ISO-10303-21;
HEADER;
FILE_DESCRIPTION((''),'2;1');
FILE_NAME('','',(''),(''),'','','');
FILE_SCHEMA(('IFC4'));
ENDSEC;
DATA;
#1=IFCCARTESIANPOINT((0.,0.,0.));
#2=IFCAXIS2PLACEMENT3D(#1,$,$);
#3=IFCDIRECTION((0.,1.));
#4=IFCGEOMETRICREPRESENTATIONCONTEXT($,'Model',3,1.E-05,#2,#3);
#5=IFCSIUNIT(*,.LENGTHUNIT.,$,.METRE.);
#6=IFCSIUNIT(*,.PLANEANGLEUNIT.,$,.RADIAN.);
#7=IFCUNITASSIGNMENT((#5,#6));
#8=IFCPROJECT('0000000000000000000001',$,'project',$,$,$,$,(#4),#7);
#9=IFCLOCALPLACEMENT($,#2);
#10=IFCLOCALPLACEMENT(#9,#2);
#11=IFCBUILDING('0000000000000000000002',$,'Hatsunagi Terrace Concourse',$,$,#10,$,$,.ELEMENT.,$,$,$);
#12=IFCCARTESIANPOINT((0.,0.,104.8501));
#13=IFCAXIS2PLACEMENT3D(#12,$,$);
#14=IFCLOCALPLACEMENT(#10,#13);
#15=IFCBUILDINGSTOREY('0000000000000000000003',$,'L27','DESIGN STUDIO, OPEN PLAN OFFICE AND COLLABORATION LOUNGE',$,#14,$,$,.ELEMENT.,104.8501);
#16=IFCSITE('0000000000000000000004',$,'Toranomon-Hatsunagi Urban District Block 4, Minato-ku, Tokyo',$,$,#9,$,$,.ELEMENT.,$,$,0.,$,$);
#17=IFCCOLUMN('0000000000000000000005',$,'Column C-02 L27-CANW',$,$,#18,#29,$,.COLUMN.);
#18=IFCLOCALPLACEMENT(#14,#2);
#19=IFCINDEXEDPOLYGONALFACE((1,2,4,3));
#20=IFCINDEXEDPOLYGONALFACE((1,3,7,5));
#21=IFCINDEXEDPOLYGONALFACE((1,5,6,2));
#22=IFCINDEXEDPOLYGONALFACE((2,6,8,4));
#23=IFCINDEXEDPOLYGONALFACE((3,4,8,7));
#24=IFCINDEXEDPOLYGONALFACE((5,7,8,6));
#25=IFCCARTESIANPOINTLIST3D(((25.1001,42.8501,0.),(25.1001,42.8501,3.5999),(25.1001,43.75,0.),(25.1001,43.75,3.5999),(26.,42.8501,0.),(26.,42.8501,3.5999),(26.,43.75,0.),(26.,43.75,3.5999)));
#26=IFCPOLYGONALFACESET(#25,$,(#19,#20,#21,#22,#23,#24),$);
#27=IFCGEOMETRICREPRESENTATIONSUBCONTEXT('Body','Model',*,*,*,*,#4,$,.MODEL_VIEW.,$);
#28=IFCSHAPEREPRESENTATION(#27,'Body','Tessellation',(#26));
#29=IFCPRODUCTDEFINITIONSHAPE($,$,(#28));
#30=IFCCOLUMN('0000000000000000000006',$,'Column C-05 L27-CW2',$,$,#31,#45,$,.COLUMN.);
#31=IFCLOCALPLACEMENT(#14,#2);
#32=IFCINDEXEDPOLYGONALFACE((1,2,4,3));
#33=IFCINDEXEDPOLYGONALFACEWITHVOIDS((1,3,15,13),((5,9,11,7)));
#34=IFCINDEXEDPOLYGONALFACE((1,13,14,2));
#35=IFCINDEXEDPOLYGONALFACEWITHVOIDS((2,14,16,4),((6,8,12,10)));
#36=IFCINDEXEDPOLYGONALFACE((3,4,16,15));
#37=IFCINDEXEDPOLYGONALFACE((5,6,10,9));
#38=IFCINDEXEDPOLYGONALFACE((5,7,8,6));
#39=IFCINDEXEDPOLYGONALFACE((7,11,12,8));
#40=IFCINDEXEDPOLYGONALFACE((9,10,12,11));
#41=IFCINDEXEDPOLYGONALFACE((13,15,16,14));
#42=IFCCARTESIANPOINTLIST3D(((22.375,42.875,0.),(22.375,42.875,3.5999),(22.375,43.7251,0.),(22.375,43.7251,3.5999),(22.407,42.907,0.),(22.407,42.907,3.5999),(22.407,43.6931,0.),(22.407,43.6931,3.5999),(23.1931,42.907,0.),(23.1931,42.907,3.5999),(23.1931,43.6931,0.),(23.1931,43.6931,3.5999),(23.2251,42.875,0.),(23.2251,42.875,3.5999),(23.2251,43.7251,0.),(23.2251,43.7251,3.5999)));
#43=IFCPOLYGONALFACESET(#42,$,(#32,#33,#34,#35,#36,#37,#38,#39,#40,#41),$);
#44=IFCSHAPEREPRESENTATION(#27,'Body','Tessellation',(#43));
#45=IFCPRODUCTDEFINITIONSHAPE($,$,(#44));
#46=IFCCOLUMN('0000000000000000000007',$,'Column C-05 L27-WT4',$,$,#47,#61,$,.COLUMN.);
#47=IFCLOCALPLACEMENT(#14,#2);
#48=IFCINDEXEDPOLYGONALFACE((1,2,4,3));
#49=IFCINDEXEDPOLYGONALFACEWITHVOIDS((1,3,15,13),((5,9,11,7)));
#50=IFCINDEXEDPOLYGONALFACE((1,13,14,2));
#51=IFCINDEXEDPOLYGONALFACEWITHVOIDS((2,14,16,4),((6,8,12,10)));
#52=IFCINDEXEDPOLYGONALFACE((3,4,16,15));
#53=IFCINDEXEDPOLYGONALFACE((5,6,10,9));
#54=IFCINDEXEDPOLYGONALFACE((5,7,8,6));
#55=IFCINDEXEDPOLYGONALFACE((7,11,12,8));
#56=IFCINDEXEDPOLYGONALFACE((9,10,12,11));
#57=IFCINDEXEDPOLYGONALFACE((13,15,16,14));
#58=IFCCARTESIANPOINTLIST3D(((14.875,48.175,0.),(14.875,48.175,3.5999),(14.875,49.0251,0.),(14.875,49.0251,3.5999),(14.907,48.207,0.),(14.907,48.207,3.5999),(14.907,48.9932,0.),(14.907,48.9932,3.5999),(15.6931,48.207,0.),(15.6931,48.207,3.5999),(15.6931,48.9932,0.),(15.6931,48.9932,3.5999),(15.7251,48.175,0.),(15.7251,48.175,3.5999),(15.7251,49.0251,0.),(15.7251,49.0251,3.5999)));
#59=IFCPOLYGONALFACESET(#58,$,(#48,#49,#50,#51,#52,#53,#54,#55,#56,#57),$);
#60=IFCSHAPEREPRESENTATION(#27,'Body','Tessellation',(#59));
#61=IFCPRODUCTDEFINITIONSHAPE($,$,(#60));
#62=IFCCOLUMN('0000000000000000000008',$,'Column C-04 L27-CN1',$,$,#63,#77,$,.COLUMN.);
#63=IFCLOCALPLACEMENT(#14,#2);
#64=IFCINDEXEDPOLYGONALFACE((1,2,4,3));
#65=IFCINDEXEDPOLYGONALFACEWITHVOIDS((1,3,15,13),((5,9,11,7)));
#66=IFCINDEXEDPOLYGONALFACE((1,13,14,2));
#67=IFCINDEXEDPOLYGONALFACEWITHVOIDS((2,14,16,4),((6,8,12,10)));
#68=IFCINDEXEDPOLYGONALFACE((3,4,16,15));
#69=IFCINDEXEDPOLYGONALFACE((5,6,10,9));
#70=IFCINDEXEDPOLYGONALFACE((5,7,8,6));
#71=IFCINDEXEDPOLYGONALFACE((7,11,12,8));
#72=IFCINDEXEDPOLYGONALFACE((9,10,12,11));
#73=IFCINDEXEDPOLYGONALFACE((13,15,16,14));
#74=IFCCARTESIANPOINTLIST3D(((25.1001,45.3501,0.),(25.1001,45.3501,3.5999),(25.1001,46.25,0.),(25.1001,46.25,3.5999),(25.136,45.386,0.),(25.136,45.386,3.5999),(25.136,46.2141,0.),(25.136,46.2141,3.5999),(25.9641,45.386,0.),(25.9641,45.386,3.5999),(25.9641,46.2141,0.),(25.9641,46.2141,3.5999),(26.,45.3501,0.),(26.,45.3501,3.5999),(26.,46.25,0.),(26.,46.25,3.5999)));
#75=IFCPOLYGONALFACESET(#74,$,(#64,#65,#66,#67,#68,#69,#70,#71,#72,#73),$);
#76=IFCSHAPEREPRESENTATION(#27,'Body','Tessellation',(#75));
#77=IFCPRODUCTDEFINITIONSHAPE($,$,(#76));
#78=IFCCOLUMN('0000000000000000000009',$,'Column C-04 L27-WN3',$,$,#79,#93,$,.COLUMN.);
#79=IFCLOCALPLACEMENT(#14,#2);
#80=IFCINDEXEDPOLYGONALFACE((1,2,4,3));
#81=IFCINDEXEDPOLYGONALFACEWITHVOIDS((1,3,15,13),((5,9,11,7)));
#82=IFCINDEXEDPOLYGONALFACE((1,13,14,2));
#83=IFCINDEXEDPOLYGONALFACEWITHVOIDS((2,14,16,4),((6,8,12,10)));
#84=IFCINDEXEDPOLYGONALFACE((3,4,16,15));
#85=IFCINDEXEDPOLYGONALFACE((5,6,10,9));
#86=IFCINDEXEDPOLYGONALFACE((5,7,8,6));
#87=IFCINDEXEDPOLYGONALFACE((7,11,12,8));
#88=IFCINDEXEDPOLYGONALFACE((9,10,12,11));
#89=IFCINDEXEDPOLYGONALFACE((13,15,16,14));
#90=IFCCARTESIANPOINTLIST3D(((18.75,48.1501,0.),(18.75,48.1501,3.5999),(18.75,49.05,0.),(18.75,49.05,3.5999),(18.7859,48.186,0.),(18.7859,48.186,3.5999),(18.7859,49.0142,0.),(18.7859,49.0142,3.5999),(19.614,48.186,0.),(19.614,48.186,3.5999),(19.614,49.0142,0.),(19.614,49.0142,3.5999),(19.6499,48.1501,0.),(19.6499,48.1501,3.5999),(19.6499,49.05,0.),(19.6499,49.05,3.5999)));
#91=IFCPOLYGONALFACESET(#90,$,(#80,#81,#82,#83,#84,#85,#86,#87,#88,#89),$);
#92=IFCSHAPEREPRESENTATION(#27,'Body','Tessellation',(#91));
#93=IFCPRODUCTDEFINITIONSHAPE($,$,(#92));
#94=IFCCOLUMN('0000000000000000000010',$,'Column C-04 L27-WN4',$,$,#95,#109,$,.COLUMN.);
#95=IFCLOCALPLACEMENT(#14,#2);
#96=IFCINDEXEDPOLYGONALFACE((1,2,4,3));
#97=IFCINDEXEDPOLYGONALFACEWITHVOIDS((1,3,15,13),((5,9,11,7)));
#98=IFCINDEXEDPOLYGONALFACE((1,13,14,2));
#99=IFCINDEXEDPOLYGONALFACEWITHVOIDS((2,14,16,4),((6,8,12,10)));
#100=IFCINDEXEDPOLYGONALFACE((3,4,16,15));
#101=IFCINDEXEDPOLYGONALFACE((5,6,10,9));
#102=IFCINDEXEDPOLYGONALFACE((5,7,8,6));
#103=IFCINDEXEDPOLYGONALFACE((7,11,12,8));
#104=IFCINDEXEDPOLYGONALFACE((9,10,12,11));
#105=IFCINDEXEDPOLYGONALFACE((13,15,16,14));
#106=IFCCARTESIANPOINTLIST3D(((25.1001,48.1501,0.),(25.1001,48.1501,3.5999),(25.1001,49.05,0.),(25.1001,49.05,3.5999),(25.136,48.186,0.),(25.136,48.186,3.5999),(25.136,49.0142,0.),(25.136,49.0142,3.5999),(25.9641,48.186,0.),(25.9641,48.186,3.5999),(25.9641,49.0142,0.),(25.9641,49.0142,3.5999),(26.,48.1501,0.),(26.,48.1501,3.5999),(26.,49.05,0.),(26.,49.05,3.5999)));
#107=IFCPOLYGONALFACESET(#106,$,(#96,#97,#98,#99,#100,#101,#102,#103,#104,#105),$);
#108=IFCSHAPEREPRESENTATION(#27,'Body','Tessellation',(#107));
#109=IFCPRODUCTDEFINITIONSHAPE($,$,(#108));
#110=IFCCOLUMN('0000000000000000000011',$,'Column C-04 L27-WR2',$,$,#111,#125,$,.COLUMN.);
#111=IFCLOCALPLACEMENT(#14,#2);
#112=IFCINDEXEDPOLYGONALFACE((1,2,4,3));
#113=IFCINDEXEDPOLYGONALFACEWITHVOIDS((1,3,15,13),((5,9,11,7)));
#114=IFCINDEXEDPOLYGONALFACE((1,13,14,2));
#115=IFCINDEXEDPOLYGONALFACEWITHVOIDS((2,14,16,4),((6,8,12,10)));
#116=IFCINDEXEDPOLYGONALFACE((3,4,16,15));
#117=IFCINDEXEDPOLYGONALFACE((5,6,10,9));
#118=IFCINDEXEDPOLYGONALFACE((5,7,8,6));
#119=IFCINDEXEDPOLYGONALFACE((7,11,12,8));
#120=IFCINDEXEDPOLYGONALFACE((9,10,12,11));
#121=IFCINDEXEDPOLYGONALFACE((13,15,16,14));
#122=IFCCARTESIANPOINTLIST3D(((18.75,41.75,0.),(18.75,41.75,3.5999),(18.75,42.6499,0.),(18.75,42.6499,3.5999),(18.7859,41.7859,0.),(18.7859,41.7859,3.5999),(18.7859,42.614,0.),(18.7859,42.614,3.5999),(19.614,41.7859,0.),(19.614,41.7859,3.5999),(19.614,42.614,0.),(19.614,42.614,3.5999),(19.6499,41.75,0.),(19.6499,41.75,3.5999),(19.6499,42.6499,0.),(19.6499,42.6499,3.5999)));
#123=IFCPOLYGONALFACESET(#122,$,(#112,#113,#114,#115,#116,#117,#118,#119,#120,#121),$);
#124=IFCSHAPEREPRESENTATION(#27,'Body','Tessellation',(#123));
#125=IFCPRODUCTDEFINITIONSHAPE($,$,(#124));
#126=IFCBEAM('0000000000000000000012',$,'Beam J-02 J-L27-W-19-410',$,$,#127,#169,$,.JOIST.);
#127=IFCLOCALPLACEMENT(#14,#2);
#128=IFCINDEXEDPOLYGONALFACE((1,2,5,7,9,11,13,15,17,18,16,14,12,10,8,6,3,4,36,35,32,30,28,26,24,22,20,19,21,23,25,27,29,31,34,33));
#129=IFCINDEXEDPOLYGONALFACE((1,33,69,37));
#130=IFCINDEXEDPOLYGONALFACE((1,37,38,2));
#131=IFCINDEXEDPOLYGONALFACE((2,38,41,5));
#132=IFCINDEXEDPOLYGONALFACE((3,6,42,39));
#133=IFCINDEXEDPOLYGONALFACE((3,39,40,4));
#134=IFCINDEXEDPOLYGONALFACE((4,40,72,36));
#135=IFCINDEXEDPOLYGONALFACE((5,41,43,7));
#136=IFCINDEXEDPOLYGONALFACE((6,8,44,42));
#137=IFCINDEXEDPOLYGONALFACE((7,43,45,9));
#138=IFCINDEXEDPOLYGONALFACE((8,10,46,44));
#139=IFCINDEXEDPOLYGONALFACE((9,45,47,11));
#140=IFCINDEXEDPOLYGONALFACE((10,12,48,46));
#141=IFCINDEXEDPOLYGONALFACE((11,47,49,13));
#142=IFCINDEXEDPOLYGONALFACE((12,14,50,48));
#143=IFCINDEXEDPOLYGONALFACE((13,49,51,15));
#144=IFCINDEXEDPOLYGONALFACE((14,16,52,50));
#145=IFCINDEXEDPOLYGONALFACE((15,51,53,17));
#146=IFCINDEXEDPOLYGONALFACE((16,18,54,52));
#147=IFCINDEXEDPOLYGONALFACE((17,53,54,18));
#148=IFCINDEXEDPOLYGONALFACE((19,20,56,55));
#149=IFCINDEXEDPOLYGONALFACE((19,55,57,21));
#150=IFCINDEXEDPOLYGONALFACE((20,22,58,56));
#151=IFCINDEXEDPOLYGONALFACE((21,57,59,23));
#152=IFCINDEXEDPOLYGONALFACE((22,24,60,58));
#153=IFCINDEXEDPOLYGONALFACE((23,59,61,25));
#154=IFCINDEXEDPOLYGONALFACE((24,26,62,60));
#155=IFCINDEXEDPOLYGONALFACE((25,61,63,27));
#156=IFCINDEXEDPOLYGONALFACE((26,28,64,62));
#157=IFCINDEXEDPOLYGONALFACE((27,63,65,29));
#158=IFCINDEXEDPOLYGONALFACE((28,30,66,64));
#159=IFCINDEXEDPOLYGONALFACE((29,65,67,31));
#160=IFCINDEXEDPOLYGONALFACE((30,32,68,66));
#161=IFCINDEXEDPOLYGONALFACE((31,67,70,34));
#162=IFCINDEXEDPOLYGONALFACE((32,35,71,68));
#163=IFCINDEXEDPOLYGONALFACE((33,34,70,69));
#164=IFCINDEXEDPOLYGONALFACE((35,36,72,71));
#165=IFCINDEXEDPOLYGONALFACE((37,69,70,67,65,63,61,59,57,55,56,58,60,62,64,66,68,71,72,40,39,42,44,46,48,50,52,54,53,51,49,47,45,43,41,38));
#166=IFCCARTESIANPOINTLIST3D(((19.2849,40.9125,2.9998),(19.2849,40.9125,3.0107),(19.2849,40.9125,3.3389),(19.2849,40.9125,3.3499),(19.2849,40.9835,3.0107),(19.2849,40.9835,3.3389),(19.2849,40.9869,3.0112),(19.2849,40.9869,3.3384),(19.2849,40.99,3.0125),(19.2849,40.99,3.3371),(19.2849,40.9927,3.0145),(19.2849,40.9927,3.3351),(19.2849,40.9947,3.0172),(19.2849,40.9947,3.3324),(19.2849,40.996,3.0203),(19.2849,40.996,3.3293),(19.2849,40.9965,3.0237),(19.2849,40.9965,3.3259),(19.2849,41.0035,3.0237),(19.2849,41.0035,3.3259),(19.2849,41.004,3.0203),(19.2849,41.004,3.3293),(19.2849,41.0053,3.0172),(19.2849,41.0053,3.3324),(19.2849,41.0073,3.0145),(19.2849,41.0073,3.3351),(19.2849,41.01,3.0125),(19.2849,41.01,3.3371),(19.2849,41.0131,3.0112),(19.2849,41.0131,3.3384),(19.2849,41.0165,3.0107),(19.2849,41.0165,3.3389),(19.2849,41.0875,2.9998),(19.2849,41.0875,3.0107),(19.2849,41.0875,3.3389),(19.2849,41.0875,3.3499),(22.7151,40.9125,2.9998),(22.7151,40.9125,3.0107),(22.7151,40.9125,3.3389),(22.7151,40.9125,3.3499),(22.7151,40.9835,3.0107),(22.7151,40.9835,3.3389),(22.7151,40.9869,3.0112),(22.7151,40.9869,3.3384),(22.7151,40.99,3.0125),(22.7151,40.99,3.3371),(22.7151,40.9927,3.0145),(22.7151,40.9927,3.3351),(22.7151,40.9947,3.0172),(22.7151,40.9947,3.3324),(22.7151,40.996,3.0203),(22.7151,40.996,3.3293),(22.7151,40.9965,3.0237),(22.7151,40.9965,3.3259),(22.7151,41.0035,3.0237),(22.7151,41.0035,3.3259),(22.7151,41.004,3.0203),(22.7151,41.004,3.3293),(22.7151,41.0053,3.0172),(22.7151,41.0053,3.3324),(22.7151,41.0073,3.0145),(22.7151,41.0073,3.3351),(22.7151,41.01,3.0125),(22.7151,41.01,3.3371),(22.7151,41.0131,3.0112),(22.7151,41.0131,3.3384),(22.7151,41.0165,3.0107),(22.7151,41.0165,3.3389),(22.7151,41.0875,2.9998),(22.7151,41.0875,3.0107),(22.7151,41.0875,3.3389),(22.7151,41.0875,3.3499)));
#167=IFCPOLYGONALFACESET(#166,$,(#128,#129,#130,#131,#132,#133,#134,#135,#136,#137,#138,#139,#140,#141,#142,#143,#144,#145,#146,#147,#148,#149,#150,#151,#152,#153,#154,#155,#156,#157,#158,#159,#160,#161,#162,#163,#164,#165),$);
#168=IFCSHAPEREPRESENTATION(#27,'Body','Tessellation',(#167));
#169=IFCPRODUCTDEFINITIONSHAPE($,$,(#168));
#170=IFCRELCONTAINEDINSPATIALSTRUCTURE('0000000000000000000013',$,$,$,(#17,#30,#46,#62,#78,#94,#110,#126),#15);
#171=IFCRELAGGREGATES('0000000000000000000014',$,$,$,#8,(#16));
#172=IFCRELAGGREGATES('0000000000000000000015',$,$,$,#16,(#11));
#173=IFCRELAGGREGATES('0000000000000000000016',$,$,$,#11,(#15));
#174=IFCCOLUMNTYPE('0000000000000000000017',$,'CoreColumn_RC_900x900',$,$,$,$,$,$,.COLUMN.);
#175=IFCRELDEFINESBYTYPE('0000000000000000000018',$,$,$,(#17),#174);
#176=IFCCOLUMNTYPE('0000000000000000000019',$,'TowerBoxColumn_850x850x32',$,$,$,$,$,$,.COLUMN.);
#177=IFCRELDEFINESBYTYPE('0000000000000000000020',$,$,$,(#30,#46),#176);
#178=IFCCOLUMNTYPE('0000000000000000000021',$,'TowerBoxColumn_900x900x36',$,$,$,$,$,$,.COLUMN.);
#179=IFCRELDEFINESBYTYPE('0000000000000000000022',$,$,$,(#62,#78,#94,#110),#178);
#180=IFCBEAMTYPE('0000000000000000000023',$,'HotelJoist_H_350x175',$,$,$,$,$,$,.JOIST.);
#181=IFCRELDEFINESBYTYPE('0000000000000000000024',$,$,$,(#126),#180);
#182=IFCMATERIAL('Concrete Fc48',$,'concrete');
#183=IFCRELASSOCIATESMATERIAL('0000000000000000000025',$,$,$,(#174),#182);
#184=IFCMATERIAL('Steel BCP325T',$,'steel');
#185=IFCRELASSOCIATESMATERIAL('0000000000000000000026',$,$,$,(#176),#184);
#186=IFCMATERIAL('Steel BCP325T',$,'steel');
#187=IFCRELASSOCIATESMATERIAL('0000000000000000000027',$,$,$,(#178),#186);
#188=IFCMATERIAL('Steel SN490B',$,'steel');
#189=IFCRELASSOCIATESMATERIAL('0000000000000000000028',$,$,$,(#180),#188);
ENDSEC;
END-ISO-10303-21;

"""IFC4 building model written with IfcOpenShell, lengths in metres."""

from ifc_helpers import new_model, si_unit, direction, frame, origin, origin_2d, place, context, subcontext, project, spatial, rectangle, hollow_rectangle, i_section, extrude, material, material_profile, profile_set, type_object, element, save


model = new_model("IFC4")

# Units and contexts
model_context = context("Model", 3, precision=1e-05, world=origin(), true_north=direction((0.0, 1.0)))
body_context = subcontext(model_context, "Body", "Model", "MODEL_VIEW")
ifc_project = project(units=[si_unit("LENGTHUNIT", "METRE"), si_unit("PLANEANGLEUNIT", "RADIAN")], contexts=[model_context])

# Site, building, storey
site_placement = place(None, origin())
site = spatial("IfcSite", under=ifc_project, at=site_placement, Name="Toranomon-Hatsunagi Urban District Block 4, Minato-ku, Tokyo", CompositionType="ELEMENT", RefElevation=0.0)
building_placement = place(site_placement, origin())
building = spatial("IfcBuilding", under=site, at=building_placement, Name="Hatsunagi Terrace Concourse", CompositionType="ELEMENT")
storey_placement = place(building_placement, frame((0.0, 0.0, 104.8501)))
storey = spatial("IfcBuildingStorey", under=building, at=storey_placement, Name="L27", Description="DESIGN STUDIO, OPEN PLAN OFFICE AND COLLABORATION LOUNGE", CompositionType="ELEMENT", Elevation=104.8501)

# Columns
ifc_material_1 = material(Name="Concrete Fc48", Category="concrete")
ifc_material_profile_1 = material_profile(ifc_material_1, rectangle(XDim=0.8999, YDim=0.8999, at=origin_2d()), Name="RC-900x900")
ifc_profile_set_1 = profile_set([ifc_material_profile_1], Name="Concrete Fc48")
column_type_1 = type_object("IfcColumnType", Name="CoreColumn_RC_900x900", PredefinedType="COLUMN", material=ifc_profile_set_1)
column_placement = place(storey_placement, frame((25.55, 43.3, 0.0), z_axis=(0.0, 0.0, 1.0), x_axis=(1.0, 0.0, 0.0)))
element("IfcColumn", 1, at=column_placement, inside=storey, type_object=column_type_1, Name="Column C-02 L27-CANW", PredefinedType="COLUMN", context=body_context, shape_type="SweptSolid", body=[
    extrude(rectangle(XDim=0.8999, YDim=0.8999, at=origin_2d()), origin(), (0.0, 0.0, 1.0), 3.5999),
])
ifc_material_2 = material(Name="Steel BCP325T", Category="steel")
ifc_material_profile_2 = material_profile(ifc_material_2, hollow_rectangle(XDim=0.8501, YDim=0.8501, WallThickness=0.032, at=origin_2d()), Name="BCP-850x850x32")
ifc_profile_set_2 = profile_set([ifc_material_profile_2], Name="Steel BCP325T")
column_type_2 = type_object("IfcColumnType", Name="TowerBoxColumn_850x850x32", PredefinedType="COLUMN", material=ifc_profile_set_2)
for number, where, z_axis, x_axis, name in (
    (2, (22.8, 43.3, 0.0), (0.0, 0.0, 1.0), (1.0, 0.0, 0.0), "Column C-05 L27-CW2"),
    (3, (15.3, 48.6001, 0.0), (0.0, 0.0, 1.0), (1.0, 0.0, 0.0), "Column C-05 L27-WT4"),
):
    element("IfcColumn", number, at=place(storey_placement, frame(where, z_axis=z_axis, x_axis=x_axis)), inside=storey, type_object=column_type_2, Name=name, PredefinedType="COLUMN", context=body_context, shape_type="SweptSolid", body=[
        extrude(hollow_rectangle(XDim=0.8501, YDim=0.8501, WallThickness=0.032, at=origin_2d()), origin(), (0.0, 0.0, 1.0), 3.5999),
    ])
ifc_material_3 = material(Name="Steel BCP325T", Category="steel")
ifc_material_profile_3 = material_profile(ifc_material_3, hollow_rectangle(XDim=0.8999, YDim=0.8999, WallThickness=0.0359, at=origin_2d()), Name="BCP-900x900x36")
ifc_profile_set_3 = profile_set([ifc_material_profile_3], Name="Steel BCP325T")
column_type_3 = type_object("IfcColumnType", Name="TowerBoxColumn_900x900x36", PredefinedType="COLUMN", material=ifc_profile_set_3)
for number, where, z_axis, x_axis, name in (
    (4, (25.55, 45.8, 0.0), (0.0, 0.0, 1.0), (1.0, 0.0, 0.0), "Column C-04 L27-CN1"),
    (5, (19.2, 48.6001, 0.0), (0.0, 0.0, 1.0), (1.0, 0.0, 0.0), "Column C-04 L27-WN3"),
    (6, (25.55, 48.6001, 0.0), (0.0, 0.0, 1.0), (1.0, 0.0, 0.0), "Column C-04 L27-WN4"),
    (7, (19.2, 42.2, 0.0), (0.0, 0.0, 1.0), (1.0, 0.0, 0.0), "Column C-04 L27-WR2"),
):
    element("IfcColumn", number, at=place(storey_placement, frame(where, z_axis=z_axis, x_axis=x_axis)), inside=storey, type_object=column_type_3, Name=name, PredefinedType="COLUMN", context=body_context, shape_type="SweptSolid", body=[
        extrude(hollow_rectangle(XDim=0.8999, YDim=0.8999, WallThickness=0.0359, at=origin_2d()), origin(), (0.0, 0.0, 1.0), 3.5999),
    ])

# Beam
ifc_material_4 = material(Name="Steel SN490B", Category="steel")
ifc_material_profile_4 = material_profile(ifc_material_4, i_section(OverallWidth=0.175, OverallDepth=0.3501, WebThickness=0.0071, FlangeThickness=0.011, FilletRadius=0.0129, at=origin_2d()), Name="H-350x175x7x11")
ifc_profile_set_4 = profile_set([ifc_material_profile_4], Name="Steel SN490B")
beam_type_1 = type_object("IfcBeamType", Name="HotelJoist_H_350x175", PredefinedType="JOIST", material=ifc_profile_set_4)
beam_1_placement = place(storey_placement, frame((19.2849, 41.0, 3.1748), z_axis=(1.0, 0.0, 0.0), x_axis=(0.0, 1.0, 0.0)))
element("IfcBeam", 8, at=beam_1_placement, inside=storey, type_object=beam_type_1, Name="Beam J-02 J-L27-W-19-410", PredefinedType="JOIST", context=body_context, shape_type="SweptSolid", body=[
    extrude(i_section(OverallWidth=0.175, OverallDepth=0.3501, WebThickness=0.0071, FlangeThickness=0.011, FilletRadius=0.0129, at=origin_2d()), origin(), (0.0, 0.0, 1.0), 3.4302),
])

save(model, "model.ifc")
